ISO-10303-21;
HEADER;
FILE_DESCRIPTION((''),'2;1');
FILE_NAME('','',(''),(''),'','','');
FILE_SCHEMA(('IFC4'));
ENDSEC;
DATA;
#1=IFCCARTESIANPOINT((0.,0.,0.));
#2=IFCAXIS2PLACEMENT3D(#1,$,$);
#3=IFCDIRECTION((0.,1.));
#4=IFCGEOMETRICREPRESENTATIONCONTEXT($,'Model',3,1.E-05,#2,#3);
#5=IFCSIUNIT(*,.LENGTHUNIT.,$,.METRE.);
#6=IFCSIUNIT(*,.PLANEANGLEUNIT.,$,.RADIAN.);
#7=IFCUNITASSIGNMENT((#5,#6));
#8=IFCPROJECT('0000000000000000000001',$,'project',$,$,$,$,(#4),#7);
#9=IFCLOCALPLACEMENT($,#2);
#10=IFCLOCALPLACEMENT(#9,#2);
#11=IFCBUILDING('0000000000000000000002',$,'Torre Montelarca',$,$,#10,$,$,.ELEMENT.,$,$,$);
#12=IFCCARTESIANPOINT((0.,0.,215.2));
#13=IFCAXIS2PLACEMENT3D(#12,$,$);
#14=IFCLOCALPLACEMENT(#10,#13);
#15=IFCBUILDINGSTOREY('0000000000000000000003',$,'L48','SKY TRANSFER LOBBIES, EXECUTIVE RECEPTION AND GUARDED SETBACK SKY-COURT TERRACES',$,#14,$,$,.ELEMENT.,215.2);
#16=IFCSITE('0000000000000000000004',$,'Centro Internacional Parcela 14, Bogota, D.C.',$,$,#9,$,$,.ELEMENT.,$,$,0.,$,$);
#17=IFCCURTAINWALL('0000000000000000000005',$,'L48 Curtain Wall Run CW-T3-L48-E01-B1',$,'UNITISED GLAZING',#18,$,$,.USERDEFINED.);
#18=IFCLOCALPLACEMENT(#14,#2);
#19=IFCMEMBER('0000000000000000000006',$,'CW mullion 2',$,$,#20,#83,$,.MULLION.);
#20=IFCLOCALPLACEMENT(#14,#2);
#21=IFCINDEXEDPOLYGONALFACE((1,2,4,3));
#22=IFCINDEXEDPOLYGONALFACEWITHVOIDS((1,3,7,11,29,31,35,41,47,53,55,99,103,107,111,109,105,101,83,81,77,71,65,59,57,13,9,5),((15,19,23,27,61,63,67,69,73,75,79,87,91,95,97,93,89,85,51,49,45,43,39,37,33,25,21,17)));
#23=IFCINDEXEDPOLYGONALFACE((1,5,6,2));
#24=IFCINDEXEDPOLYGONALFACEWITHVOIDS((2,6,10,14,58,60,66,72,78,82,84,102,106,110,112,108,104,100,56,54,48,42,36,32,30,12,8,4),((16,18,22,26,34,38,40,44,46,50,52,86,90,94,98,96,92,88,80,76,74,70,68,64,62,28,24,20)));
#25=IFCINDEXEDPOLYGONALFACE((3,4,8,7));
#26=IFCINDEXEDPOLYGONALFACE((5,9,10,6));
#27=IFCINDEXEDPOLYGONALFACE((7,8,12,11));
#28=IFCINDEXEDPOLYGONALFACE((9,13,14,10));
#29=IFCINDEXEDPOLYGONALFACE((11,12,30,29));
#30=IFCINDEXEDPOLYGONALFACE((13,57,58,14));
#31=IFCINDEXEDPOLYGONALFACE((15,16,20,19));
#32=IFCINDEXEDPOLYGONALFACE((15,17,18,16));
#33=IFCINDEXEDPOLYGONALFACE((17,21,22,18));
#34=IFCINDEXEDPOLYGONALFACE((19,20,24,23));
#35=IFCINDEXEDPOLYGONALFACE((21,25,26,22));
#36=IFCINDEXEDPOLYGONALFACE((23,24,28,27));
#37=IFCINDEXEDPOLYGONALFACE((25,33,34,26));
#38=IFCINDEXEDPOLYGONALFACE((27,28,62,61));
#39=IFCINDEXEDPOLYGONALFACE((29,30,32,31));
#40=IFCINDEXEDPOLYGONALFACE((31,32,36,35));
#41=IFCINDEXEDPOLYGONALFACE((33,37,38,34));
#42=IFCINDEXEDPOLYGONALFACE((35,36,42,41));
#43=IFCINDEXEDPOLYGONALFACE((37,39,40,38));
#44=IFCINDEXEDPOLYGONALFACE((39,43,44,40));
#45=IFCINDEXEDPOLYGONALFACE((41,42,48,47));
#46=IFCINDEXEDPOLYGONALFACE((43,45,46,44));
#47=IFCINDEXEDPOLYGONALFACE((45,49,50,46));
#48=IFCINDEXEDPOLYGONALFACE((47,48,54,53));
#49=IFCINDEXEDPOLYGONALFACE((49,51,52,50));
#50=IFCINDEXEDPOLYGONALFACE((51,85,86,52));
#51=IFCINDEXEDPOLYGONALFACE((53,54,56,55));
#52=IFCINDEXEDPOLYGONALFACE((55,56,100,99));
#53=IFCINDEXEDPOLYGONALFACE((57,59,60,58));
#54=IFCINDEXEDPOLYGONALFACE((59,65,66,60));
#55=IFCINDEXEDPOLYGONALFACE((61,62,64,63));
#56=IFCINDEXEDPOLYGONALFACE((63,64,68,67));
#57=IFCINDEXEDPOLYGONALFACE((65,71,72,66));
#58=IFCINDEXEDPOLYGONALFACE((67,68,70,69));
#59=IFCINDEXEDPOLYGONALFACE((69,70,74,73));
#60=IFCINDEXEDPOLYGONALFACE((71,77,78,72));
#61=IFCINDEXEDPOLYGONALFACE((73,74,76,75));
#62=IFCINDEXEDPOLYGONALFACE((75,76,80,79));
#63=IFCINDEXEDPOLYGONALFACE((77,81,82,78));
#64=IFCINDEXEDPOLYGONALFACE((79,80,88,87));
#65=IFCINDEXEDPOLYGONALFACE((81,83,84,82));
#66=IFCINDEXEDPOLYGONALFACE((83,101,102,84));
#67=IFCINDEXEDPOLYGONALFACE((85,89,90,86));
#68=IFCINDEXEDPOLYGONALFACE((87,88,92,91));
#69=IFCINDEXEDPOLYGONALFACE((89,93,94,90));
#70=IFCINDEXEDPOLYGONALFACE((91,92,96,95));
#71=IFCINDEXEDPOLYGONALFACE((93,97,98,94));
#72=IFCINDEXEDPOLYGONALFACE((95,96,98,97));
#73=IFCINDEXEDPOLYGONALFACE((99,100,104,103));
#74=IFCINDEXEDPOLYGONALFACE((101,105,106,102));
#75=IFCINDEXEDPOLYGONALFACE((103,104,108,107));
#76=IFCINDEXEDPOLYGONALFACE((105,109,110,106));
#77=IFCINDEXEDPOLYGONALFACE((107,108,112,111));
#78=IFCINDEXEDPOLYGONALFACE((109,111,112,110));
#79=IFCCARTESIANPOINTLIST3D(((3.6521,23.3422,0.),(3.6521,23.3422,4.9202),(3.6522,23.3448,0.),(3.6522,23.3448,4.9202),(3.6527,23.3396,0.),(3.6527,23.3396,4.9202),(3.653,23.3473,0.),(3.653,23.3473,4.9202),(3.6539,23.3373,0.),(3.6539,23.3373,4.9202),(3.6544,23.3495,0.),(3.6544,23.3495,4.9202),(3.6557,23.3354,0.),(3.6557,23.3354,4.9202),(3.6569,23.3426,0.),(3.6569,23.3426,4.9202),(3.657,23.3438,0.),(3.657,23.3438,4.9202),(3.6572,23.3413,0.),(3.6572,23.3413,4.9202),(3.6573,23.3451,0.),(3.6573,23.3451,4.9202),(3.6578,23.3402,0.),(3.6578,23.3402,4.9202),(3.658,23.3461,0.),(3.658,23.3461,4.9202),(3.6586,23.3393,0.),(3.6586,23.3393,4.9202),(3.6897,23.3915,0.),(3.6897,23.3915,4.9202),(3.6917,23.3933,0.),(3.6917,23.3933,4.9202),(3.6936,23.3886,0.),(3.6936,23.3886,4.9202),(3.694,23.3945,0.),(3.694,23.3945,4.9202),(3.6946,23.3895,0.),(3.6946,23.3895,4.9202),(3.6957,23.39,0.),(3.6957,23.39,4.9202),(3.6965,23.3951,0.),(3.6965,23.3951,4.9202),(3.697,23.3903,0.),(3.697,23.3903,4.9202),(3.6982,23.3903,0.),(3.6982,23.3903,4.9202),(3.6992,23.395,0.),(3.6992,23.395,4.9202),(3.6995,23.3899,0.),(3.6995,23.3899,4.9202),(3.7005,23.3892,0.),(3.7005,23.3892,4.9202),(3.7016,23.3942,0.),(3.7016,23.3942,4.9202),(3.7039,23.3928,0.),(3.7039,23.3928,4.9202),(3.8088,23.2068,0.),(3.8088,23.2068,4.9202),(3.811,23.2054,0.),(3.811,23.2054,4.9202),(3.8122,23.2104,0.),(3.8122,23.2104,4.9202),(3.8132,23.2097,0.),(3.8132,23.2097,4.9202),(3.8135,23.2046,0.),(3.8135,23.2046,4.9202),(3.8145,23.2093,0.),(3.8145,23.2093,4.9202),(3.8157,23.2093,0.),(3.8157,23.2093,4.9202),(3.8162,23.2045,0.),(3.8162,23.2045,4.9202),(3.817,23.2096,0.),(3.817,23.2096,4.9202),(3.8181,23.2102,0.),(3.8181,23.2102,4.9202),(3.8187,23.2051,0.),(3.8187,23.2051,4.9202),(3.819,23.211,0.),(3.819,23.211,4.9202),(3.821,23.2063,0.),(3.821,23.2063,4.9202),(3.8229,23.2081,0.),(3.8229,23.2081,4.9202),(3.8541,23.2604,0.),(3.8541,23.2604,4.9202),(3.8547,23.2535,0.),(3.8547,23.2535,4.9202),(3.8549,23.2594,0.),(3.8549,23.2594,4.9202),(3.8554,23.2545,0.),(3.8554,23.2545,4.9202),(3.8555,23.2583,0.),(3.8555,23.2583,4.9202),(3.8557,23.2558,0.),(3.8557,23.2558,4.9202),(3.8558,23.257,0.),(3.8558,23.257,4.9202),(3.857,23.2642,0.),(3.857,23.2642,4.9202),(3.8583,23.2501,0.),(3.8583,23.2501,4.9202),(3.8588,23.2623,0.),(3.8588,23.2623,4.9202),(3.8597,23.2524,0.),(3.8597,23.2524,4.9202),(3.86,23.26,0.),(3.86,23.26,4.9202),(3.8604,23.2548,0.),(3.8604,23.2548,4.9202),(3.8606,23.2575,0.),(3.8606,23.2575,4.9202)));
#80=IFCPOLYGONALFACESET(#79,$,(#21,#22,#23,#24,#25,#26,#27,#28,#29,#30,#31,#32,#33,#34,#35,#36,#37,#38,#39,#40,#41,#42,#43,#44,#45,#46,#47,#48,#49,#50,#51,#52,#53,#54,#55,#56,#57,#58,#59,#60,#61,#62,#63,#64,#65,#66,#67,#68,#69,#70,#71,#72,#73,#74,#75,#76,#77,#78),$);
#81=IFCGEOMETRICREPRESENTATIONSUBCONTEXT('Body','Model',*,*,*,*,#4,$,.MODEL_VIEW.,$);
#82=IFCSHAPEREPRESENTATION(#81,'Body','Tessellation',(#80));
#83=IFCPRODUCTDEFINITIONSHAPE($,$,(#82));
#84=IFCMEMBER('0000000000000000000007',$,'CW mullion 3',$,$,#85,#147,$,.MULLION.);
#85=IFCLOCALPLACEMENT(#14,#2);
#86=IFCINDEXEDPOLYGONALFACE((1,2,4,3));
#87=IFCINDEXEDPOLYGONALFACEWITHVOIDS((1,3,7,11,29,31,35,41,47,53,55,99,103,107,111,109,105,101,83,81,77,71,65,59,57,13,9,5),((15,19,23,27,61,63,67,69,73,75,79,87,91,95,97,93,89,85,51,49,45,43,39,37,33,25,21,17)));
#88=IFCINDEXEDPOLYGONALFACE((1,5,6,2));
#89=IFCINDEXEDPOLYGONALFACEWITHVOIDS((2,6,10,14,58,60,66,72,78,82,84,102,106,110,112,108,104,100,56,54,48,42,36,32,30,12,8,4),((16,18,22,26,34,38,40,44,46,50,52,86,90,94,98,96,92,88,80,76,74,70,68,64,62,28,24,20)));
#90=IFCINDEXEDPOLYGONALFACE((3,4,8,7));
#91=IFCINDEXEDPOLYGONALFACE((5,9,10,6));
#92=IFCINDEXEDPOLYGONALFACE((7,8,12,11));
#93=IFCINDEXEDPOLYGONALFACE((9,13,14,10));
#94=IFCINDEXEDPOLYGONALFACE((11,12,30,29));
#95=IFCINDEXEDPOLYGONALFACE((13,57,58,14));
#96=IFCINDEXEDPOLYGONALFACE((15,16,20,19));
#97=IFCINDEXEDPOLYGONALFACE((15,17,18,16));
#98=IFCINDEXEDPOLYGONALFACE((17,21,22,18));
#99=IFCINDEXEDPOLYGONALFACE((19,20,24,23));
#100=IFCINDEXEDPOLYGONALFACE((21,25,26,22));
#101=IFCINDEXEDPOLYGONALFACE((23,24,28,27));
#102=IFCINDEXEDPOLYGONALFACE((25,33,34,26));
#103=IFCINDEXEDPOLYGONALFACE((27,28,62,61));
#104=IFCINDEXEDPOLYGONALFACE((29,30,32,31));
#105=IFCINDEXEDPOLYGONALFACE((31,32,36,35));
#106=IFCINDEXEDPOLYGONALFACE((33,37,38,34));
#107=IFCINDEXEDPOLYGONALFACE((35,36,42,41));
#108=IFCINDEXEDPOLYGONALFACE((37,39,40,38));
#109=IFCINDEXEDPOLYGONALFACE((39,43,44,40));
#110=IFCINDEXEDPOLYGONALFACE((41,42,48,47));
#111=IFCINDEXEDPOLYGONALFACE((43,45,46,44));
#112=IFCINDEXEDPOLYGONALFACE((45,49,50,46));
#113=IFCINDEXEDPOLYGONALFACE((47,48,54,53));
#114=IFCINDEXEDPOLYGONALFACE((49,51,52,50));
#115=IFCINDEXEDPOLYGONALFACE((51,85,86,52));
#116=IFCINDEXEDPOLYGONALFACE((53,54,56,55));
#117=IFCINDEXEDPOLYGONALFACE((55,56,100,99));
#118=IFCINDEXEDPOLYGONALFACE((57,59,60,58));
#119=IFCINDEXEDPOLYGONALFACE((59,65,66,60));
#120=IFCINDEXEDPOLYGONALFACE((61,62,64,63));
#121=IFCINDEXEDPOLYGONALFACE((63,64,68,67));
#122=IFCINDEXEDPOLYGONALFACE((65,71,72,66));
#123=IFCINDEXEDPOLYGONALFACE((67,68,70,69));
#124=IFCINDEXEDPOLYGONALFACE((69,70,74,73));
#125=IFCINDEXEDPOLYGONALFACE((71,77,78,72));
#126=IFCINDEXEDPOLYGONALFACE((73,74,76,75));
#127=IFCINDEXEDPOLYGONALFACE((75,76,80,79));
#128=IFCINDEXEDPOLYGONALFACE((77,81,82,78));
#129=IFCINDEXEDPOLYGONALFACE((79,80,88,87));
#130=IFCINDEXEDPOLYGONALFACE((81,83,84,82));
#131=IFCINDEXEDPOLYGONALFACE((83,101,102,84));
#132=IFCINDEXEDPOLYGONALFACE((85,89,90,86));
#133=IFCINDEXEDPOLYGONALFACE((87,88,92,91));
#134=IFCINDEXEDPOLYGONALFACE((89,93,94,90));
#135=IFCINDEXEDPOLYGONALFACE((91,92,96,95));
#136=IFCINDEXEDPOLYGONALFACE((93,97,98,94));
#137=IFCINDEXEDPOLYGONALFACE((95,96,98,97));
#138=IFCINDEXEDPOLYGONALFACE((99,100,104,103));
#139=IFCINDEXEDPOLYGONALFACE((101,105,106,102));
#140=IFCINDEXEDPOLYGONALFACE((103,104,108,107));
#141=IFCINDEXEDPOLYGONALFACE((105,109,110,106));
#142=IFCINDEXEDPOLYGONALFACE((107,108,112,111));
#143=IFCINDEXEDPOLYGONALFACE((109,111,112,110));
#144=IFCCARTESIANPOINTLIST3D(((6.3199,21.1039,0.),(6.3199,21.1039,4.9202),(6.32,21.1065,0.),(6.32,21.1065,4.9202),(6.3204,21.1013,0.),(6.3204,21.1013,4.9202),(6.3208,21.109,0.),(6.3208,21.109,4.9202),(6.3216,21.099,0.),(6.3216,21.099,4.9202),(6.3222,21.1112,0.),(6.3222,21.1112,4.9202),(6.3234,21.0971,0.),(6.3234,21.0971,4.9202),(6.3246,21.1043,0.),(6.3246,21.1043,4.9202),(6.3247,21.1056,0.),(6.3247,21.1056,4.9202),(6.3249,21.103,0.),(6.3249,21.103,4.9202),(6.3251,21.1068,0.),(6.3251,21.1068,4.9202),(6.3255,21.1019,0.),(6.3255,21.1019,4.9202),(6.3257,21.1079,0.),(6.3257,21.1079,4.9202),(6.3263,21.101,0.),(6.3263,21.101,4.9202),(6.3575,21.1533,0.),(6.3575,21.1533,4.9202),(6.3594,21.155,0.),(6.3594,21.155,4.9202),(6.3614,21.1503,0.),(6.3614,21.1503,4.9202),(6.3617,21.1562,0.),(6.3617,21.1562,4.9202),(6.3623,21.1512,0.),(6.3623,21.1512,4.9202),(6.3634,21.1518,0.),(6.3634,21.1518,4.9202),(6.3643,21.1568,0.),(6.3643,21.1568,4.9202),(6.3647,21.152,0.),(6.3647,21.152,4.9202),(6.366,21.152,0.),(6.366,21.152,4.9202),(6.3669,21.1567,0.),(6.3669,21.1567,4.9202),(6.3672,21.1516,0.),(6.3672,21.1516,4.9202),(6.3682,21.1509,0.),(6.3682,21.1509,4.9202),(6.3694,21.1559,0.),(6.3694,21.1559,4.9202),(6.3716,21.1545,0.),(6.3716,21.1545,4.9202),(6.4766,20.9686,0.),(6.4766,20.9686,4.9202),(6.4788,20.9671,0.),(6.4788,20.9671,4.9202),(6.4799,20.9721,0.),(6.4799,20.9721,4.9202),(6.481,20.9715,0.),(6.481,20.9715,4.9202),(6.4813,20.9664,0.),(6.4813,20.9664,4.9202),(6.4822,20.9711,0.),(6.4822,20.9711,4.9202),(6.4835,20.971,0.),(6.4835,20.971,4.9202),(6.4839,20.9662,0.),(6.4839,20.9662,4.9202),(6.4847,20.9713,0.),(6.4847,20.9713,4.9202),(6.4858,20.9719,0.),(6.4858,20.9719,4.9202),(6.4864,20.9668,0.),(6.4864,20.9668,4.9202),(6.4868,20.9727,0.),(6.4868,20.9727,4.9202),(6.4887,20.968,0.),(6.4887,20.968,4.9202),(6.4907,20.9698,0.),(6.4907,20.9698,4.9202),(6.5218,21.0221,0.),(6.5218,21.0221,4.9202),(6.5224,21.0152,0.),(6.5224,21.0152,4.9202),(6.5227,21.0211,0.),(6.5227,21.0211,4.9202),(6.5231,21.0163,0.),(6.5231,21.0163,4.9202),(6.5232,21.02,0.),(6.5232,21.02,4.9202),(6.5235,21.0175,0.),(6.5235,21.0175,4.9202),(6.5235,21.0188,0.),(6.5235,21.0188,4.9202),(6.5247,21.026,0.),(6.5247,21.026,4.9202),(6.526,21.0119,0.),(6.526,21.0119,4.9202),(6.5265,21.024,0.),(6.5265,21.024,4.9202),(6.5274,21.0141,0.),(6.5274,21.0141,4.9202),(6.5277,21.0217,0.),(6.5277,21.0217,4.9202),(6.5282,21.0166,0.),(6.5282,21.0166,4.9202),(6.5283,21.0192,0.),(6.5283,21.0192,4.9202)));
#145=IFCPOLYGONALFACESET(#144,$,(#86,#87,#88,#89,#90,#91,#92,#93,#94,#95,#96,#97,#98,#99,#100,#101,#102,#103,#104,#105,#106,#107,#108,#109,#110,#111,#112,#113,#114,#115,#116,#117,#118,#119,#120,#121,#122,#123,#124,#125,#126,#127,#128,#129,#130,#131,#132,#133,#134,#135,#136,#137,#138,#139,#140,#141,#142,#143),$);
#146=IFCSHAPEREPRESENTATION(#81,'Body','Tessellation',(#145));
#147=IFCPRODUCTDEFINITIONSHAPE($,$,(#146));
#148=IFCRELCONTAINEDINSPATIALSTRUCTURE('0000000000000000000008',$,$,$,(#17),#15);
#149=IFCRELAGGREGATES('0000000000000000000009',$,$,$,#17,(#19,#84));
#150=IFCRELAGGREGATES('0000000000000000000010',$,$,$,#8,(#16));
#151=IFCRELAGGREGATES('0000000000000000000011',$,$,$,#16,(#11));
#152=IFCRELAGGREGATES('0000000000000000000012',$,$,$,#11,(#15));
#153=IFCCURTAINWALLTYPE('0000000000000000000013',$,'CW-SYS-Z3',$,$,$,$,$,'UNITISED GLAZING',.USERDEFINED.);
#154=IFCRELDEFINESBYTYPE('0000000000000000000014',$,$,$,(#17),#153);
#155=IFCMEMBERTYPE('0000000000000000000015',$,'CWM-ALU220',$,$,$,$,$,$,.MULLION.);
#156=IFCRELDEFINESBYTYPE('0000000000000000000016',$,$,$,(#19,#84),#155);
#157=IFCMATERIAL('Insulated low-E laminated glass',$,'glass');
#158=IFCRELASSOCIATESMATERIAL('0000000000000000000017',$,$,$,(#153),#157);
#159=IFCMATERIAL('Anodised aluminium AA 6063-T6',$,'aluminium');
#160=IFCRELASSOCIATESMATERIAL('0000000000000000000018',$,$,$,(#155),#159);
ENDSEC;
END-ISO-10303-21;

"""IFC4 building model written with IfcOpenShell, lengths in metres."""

from ifc_helpers import new_model, si_unit, direction, frame, origin, origin_2d, place, context, subcontext, project, spatial, hollow_rectangle, extrude, source, transform, mapped, material, material_profile, profile_set, type_object, element, aggregate, save


model = new_model("IFC4")

# Units and contexts
model_context = context("Model", 3, precision=1e-05, world=origin(), true_north=direction((0.0, 1.0)))
body_context = subcontext(model_context, "Body", "Model", "MODEL_VIEW")
ifc_project = project(units=[si_unit("LENGTHUNIT", "METRE"), si_unit("PLANEANGLEUNIT", "RADIAN")], contexts=[model_context])

# Site, building, storey
site_placement = place(None, origin())
site = spatial("IfcSite", under=ifc_project, at=site_placement, Name="Centro Internacional Parcela 14, Bogota, D.C.", CompositionType="ELEMENT", RefElevation=0.0)
building_placement = place(site_placement, origin())
building = spatial("IfcBuilding", under=site, at=building_placement, Name="Torre Montelarca", CompositionType="ELEMENT")
storey_placement = place(building_placement, frame((0.0, 0.0, 215.2)))
storey = spatial("IfcBuildingStorey", under=building, at=storey_placement, Name="L48", Description="SKY TRANSFER LOBBIES, EXECUTIVE RECEPTION AND GUARDED SETBACK SKY-COURT TERRACES", CompositionType="ELEMENT", Elevation=215.2)

# Curtain wall, members
ifc_material_1 = material(Name="Insulated low-E laminated glass", Category="glass")
curtain_wall_type = type_object("IfcCurtainWallType", Name="CW-SYS-Z3", ElementType="UNITISED GLAZING", PredefinedType="USERDEFINED", material=ifc_material_1)
curtain_wall_1_placement = place(storey_placement, origin())
curtain_wall_1 = element("IfcCurtainWall", 1, at=curtain_wall_1_placement, inside=storey, type_object=curtain_wall_type, Name="L48 Curtain Wall Run CW-T3-L48-E01-B1", ObjectType="UNITISED GLAZING", PredefinedType="USERDEFINED")
ifc_material_2 = material(Name="Anodised aluminium AA 6063-T6", Category="aluminium")
ifc_material_profile_1 = material_profile(ifc_material_2, hollow_rectangle(XDim=0.075, YDim=0.22, WallThickness=0.0049, InnerFilletRadius=0.0049, OuterFilletRadius=0.01, at=origin_2d()), Name="ALU75X220X5", Category="aluminium")
ifc_profile_set_1 = profile_set([ifc_material_profile_1], Name="Anodised aluminium AA 6063-T6")
member_type_1 = type_object("IfcMemberType", Name="CWM-ALU220", PredefinedType="MULLION", material=ifc_profile_set_1)
shared_shape_1 = source(origin(), body_context, "Body", "SweptSolid", [
    extrude(hollow_rectangle(XDim=0.075, YDim=0.22, WallThickness=0.0049, InnerFilletRadius=0.0049, OuterFilletRadius=0.01, at=origin_2d()), origin(), (0.0, 0.0, 1.0), 4.9202),
])
member_1_placement = place(storey_placement, frame((3.7563, 23.2998, 0.0), z_axis=(0.0, 0.0, 1.0), x_axis=(0.642789, 0.766043, 0.0)))
member_1 = element("IfcMember", 2, at=member_1_placement, type_object=member_type_1, Name="CW mullion 2", PredefinedType="MULLION", context=body_context, shape_type="MappedRepresentation", body=[
    mapped(shared_shape_1, transform((0.0, 0.0, 0.0), scale=1.0)),
])
member_2_placement = place(storey_placement, frame((6.4241, 21.0615, 0.0), z_axis=(0.0, 0.0, 1.0), x_axis=(0.642789, 0.766043, 0.0)))
member_2 = element("IfcMember", 3, at=member_2_placement, type_object=member_type_1, Name="CW mullion 3", PredefinedType="MULLION", context=body_context, shape_type="MappedRepresentation", body=[
    mapped(shared_shape_1, transform((0.0, 0.0, 0.0), scale=1.0)),
])

aggregate(curtain_wall_1, [member_1, member_2])

save(model, "model.ifc")
